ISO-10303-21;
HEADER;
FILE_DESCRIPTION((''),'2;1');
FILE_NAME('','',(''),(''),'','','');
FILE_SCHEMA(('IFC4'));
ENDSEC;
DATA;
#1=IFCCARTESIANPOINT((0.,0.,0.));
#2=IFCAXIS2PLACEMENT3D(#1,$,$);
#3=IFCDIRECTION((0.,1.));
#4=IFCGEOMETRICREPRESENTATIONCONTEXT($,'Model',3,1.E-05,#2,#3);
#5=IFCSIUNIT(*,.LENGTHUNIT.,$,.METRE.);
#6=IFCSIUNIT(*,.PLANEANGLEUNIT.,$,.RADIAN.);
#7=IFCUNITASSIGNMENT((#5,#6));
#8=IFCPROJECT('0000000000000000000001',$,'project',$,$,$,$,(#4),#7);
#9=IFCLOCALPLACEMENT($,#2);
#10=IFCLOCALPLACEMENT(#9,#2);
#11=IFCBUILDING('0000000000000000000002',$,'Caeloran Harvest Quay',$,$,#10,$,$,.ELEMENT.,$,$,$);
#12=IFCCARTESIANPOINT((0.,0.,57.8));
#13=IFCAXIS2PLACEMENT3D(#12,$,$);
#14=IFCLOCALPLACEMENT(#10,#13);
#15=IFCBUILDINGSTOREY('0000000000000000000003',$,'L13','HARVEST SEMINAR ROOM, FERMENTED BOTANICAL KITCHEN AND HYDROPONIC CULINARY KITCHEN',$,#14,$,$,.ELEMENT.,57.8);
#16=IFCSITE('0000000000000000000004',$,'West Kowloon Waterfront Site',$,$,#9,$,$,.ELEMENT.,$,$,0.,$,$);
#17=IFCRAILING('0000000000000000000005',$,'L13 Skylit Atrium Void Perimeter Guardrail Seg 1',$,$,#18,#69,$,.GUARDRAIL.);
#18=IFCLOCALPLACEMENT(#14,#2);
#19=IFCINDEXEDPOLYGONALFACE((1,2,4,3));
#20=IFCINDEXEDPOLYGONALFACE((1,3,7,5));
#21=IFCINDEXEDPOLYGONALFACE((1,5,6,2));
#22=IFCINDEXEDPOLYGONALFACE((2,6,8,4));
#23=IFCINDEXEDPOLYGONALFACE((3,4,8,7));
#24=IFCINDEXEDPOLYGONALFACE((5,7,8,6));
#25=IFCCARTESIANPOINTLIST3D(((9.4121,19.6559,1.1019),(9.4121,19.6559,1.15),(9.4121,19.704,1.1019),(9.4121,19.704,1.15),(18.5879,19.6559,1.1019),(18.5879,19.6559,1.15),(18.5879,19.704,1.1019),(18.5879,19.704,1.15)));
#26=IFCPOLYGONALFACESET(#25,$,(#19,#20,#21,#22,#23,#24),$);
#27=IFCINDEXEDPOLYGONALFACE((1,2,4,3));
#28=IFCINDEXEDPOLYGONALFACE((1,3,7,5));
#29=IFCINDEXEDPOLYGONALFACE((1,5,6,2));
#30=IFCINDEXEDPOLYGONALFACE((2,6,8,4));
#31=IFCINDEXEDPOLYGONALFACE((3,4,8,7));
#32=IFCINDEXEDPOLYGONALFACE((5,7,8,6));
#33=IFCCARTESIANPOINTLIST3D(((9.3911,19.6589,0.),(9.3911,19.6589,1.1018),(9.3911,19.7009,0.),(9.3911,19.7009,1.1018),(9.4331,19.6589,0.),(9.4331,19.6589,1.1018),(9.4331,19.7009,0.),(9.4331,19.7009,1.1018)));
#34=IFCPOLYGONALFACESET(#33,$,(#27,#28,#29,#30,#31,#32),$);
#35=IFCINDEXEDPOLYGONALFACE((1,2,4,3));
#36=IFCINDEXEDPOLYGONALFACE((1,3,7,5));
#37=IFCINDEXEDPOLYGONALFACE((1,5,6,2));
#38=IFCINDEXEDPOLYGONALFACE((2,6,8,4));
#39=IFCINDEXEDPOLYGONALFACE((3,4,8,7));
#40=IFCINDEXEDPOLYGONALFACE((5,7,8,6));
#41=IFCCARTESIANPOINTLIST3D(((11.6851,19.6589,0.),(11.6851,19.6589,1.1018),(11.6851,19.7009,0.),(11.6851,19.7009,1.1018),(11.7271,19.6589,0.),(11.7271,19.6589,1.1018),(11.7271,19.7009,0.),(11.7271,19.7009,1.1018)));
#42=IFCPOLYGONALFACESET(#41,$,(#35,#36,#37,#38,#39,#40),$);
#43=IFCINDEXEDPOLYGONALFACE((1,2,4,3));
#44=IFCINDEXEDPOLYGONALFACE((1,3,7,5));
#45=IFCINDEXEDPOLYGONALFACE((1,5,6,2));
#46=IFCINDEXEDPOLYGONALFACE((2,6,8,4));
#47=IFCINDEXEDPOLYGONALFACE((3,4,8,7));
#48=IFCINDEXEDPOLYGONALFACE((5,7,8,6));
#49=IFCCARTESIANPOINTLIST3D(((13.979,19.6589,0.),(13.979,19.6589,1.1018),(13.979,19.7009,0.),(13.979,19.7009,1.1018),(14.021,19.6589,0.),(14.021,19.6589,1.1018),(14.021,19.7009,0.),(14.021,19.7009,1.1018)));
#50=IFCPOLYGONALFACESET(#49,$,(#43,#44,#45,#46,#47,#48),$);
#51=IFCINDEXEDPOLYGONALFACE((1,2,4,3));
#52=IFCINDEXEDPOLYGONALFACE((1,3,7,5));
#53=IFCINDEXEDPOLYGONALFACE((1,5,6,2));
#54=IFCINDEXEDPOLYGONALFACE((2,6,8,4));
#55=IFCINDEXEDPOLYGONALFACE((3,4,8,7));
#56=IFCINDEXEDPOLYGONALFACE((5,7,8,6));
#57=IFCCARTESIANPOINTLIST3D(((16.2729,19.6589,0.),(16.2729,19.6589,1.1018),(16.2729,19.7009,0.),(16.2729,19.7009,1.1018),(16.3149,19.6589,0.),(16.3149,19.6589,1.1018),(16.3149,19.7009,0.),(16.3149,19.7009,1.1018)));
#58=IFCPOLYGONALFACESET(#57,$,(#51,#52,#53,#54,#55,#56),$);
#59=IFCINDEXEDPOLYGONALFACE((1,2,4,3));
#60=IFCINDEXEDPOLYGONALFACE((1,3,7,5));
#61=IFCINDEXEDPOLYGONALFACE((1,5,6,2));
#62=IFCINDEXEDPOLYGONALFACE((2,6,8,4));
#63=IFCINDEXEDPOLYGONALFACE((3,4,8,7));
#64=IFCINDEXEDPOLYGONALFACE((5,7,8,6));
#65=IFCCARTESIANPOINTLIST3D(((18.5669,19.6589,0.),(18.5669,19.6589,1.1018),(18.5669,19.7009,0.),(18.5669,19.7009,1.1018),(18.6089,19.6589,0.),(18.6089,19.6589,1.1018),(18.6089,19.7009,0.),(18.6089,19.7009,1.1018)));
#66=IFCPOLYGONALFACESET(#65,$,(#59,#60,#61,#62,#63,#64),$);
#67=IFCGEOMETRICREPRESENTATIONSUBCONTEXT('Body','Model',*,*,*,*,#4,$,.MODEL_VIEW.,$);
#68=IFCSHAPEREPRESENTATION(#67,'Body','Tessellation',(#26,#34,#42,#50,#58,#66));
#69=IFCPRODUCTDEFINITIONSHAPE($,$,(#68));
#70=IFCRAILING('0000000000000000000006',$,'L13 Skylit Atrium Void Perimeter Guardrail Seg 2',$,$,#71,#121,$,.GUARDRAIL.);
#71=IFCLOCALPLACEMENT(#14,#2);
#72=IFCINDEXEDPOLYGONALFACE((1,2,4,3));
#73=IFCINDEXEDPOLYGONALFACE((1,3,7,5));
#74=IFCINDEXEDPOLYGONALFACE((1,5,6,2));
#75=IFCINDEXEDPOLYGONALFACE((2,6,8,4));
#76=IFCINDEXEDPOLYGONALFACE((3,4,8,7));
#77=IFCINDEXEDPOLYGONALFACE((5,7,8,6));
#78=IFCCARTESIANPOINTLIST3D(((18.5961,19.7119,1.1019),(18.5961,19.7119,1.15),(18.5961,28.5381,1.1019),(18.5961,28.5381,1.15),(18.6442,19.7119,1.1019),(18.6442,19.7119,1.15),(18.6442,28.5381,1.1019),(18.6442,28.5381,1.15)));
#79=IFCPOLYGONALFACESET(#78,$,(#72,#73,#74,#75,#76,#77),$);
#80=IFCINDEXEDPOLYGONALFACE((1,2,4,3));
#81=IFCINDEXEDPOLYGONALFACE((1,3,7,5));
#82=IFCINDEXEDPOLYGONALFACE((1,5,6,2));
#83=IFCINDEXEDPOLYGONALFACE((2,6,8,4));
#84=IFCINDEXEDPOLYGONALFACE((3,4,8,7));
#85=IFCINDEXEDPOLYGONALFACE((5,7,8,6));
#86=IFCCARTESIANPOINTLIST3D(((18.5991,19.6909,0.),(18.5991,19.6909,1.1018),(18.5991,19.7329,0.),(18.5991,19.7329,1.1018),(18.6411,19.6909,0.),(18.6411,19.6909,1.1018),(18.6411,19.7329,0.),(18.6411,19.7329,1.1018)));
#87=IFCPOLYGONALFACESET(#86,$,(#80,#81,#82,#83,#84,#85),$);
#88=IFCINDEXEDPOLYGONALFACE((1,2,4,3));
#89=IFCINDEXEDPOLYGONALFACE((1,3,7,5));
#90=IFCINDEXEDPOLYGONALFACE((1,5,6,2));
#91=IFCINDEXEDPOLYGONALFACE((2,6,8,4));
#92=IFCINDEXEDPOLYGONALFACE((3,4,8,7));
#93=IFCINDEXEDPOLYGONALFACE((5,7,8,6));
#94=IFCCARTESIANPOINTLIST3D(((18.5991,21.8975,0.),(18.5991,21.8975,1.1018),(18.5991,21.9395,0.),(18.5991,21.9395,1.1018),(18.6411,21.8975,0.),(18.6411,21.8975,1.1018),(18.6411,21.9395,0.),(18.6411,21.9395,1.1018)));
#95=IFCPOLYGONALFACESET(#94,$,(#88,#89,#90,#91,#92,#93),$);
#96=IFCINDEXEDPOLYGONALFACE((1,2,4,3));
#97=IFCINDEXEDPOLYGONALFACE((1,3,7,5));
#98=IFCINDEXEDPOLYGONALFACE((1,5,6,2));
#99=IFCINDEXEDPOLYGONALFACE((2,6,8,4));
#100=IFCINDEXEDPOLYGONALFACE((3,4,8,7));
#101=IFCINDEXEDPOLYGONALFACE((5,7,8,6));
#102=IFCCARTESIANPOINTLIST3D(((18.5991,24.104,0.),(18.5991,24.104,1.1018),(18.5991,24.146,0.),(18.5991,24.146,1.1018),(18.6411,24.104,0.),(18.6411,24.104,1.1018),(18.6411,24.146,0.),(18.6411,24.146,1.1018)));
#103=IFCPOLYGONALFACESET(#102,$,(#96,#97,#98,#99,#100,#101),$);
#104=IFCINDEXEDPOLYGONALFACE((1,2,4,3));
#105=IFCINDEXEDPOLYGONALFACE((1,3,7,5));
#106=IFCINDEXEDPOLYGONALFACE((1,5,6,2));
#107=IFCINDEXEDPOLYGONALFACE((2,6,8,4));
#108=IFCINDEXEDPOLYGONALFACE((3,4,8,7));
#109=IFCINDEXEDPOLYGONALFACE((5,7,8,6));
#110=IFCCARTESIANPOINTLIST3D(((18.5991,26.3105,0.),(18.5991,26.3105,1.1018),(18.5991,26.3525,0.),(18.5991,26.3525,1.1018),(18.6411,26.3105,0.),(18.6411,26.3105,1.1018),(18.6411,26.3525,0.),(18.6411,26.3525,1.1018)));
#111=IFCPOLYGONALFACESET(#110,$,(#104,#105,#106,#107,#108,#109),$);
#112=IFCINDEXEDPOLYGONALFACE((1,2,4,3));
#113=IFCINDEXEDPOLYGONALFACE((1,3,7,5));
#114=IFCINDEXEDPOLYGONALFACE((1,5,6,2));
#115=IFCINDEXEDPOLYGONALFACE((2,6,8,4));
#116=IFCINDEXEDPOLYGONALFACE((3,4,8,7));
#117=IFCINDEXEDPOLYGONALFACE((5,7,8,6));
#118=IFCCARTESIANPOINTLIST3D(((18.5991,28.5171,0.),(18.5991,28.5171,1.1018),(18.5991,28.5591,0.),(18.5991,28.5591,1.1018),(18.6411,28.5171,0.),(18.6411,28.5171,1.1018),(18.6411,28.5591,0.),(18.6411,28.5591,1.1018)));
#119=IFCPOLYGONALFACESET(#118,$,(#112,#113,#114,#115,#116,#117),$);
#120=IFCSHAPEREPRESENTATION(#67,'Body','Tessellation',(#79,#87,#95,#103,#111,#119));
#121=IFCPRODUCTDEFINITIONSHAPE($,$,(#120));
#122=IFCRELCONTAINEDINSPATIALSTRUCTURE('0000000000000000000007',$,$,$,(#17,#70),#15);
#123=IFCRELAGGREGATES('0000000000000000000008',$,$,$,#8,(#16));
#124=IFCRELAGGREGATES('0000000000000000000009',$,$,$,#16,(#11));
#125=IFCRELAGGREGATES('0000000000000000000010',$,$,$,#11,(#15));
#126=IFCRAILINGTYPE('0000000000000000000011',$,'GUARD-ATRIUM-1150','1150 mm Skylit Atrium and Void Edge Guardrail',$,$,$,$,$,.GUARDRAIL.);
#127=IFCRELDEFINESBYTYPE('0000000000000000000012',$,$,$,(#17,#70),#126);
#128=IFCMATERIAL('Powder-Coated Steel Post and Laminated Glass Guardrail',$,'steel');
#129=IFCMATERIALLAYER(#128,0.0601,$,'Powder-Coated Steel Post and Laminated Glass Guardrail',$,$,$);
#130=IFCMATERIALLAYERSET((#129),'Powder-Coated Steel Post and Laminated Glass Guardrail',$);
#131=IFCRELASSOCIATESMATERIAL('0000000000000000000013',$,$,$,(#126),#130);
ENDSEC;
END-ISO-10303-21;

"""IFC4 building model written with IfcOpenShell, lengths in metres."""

from ifc_helpers import new_model, si_unit, direction, frame, origin, origin_2d, place, context, subcontext, project, spatial, rectangle, extrude, material, layer, layer_set, type_object, element, save


model = new_model("IFC4")

# Units and contexts
model_context = context("Model", 3, precision=1e-05, world=origin(), true_north=direction((0.0, 1.0)))
body_context = subcontext(model_context, "Body", "Model", "MODEL_VIEW")
ifc_project = project(units=[si_unit("LENGTHUNIT", "METRE"), si_unit("PLANEANGLEUNIT", "RADIAN")], contexts=[model_context])

# Site, building, storey
site_placement = place(None, origin())
site = spatial("IfcSite", under=ifc_project, at=site_placement, Name="West Kowloon Waterfront Site", CompositionType="ELEMENT", RefElevation=0.0)
building_placement = place(site_placement, origin())
building = spatial("IfcBuilding", under=site, at=building_placement, Name="Caeloran Harvest Quay", CompositionType="ELEMENT")
storey_placement = place(building_placement, frame((0.0, 0.0, 57.8)))
storey = spatial("IfcBuildingStorey", under=building, at=storey_placement, Name="L13", Description="HARVEST SEMINAR ROOM, FERMENTED BOTANICAL KITCHEN AND HYDROPONIC CULINARY KITCHEN", CompositionType="ELEMENT", Elevation=57.8)

# Railings
ifc_material_1 = material(Name="Powder-Coated Steel Post and Laminated Glass Guardrail", Category="steel")
ifc_layer_1 = layer(ifc_material_1, 0.0601, Name="Powder-Coated Steel Post and Laminated Glass Guardrail")
ifc_layer_set_1 = layer_set([ifc_layer_1], Name="Powder-Coated Steel Post and Laminated Glass Guardrail")
railing_type = type_object("IfcRailingType", Name="GUARD-ATRIUM-1150", Description="1150 mm Skylit Atrium and Void Edge Guardrail", PredefinedType="GUARDRAIL", material=ifc_layer_set_1)
railing_1_placement = place(storey_placement, frame((9.4121, 19.6799, 0.0)))
element("IfcRailing", 1, at=railing_1_placement, inside=storey, type_object=railing_type, Name="L13 Skylit Atrium Void Perimeter Guardrail Seg 1", PredefinedType="GUARDRAIL", context=body_context, shape_type="SweptSolid", body=[
    extrude(rectangle(XDim=0.0481, YDim=0.0481, at=origin_2d()), frame((0.0, 0.0, 1.126), z_axis=(1.0, 0.0, 0.0), x_axis=(0.0, 1.0, 0.0)), (0.0, 0.0, 1.0), 9.1758),
    extrude(rectangle(XDim=0.042, YDim=0.042, at=origin_2d()), origin(), (0.0, 0.0, 1.0), 1.1018),
    extrude(rectangle(XDim=0.042, YDim=0.042, at=origin_2d()), frame((2.2939, 0.0, 0.0)), (0.0, 0.0, 1.0), 1.1018),
    extrude(rectangle(XDim=0.042, YDim=0.042, at=origin_2d()), frame((4.5879, 0.0, 0.0)), (0.0, 0.0, 1.0), 1.1018),
    extrude(rectangle(XDim=0.042, YDim=0.042, at=origin_2d()), frame((6.8818, 0.0, 0.0)), (0.0, 0.0, 1.0), 1.1018),
    extrude(rectangle(XDim=0.042, YDim=0.042, at=origin_2d()), frame((9.1758, 0.0, 0.0)), (0.0, 0.0, 1.0), 1.1018),
])
railing_2_placement = place(storey_placement, frame((18.6201, 19.7119, 0.0)))
element("IfcRailing", 2, at=railing_2_placement, inside=storey, type_object=railing_type, Name="L13 Skylit Atrium Void Perimeter Guardrail Seg 2", PredefinedType="GUARDRAIL", context=body_context, shape_type="SweptSolid", body=[
    extrude(rectangle(XDim=0.0481, YDim=0.0481, at=origin_2d()), frame((0.0, 0.0, 1.126), z_axis=(0.0, 1.0, 0.0), x_axis=(-1.0, 0.0, 0.0)), (0.0, 0.0, 1.0), 8.8262),
    extrude(rectangle(XDim=0.042, YDim=0.042, at=origin_2d()), origin(), (0.0, 0.0, 1.0), 1.1018),
    extrude(rectangle(XDim=0.042, YDim=0.042, at=origin_2d()), frame((0.0, 2.2065, 0.0)), (0.0, 0.0, 1.0), 1.1018),
    extrude(rectangle(XDim=0.042, YDim=0.042, at=origin_2d()), frame((0.0, 4.4131, 0.0)), (0.0, 0.0, 1.0), 1.1018),
    extrude(rectangle(XDim=0.042, YDim=0.042, at=origin_2d()), frame((0.0, 6.6196, 0.0)), (0.0, 0.0, 1.0), 1.1018),
    extrude(rectangle(XDim=0.042, YDim=0.042, at=origin_2d()), frame((0.0, 8.8262, 0.0)), (0.0, 0.0, 1.0), 1.1018),
])

save(model, "model.ifc")
